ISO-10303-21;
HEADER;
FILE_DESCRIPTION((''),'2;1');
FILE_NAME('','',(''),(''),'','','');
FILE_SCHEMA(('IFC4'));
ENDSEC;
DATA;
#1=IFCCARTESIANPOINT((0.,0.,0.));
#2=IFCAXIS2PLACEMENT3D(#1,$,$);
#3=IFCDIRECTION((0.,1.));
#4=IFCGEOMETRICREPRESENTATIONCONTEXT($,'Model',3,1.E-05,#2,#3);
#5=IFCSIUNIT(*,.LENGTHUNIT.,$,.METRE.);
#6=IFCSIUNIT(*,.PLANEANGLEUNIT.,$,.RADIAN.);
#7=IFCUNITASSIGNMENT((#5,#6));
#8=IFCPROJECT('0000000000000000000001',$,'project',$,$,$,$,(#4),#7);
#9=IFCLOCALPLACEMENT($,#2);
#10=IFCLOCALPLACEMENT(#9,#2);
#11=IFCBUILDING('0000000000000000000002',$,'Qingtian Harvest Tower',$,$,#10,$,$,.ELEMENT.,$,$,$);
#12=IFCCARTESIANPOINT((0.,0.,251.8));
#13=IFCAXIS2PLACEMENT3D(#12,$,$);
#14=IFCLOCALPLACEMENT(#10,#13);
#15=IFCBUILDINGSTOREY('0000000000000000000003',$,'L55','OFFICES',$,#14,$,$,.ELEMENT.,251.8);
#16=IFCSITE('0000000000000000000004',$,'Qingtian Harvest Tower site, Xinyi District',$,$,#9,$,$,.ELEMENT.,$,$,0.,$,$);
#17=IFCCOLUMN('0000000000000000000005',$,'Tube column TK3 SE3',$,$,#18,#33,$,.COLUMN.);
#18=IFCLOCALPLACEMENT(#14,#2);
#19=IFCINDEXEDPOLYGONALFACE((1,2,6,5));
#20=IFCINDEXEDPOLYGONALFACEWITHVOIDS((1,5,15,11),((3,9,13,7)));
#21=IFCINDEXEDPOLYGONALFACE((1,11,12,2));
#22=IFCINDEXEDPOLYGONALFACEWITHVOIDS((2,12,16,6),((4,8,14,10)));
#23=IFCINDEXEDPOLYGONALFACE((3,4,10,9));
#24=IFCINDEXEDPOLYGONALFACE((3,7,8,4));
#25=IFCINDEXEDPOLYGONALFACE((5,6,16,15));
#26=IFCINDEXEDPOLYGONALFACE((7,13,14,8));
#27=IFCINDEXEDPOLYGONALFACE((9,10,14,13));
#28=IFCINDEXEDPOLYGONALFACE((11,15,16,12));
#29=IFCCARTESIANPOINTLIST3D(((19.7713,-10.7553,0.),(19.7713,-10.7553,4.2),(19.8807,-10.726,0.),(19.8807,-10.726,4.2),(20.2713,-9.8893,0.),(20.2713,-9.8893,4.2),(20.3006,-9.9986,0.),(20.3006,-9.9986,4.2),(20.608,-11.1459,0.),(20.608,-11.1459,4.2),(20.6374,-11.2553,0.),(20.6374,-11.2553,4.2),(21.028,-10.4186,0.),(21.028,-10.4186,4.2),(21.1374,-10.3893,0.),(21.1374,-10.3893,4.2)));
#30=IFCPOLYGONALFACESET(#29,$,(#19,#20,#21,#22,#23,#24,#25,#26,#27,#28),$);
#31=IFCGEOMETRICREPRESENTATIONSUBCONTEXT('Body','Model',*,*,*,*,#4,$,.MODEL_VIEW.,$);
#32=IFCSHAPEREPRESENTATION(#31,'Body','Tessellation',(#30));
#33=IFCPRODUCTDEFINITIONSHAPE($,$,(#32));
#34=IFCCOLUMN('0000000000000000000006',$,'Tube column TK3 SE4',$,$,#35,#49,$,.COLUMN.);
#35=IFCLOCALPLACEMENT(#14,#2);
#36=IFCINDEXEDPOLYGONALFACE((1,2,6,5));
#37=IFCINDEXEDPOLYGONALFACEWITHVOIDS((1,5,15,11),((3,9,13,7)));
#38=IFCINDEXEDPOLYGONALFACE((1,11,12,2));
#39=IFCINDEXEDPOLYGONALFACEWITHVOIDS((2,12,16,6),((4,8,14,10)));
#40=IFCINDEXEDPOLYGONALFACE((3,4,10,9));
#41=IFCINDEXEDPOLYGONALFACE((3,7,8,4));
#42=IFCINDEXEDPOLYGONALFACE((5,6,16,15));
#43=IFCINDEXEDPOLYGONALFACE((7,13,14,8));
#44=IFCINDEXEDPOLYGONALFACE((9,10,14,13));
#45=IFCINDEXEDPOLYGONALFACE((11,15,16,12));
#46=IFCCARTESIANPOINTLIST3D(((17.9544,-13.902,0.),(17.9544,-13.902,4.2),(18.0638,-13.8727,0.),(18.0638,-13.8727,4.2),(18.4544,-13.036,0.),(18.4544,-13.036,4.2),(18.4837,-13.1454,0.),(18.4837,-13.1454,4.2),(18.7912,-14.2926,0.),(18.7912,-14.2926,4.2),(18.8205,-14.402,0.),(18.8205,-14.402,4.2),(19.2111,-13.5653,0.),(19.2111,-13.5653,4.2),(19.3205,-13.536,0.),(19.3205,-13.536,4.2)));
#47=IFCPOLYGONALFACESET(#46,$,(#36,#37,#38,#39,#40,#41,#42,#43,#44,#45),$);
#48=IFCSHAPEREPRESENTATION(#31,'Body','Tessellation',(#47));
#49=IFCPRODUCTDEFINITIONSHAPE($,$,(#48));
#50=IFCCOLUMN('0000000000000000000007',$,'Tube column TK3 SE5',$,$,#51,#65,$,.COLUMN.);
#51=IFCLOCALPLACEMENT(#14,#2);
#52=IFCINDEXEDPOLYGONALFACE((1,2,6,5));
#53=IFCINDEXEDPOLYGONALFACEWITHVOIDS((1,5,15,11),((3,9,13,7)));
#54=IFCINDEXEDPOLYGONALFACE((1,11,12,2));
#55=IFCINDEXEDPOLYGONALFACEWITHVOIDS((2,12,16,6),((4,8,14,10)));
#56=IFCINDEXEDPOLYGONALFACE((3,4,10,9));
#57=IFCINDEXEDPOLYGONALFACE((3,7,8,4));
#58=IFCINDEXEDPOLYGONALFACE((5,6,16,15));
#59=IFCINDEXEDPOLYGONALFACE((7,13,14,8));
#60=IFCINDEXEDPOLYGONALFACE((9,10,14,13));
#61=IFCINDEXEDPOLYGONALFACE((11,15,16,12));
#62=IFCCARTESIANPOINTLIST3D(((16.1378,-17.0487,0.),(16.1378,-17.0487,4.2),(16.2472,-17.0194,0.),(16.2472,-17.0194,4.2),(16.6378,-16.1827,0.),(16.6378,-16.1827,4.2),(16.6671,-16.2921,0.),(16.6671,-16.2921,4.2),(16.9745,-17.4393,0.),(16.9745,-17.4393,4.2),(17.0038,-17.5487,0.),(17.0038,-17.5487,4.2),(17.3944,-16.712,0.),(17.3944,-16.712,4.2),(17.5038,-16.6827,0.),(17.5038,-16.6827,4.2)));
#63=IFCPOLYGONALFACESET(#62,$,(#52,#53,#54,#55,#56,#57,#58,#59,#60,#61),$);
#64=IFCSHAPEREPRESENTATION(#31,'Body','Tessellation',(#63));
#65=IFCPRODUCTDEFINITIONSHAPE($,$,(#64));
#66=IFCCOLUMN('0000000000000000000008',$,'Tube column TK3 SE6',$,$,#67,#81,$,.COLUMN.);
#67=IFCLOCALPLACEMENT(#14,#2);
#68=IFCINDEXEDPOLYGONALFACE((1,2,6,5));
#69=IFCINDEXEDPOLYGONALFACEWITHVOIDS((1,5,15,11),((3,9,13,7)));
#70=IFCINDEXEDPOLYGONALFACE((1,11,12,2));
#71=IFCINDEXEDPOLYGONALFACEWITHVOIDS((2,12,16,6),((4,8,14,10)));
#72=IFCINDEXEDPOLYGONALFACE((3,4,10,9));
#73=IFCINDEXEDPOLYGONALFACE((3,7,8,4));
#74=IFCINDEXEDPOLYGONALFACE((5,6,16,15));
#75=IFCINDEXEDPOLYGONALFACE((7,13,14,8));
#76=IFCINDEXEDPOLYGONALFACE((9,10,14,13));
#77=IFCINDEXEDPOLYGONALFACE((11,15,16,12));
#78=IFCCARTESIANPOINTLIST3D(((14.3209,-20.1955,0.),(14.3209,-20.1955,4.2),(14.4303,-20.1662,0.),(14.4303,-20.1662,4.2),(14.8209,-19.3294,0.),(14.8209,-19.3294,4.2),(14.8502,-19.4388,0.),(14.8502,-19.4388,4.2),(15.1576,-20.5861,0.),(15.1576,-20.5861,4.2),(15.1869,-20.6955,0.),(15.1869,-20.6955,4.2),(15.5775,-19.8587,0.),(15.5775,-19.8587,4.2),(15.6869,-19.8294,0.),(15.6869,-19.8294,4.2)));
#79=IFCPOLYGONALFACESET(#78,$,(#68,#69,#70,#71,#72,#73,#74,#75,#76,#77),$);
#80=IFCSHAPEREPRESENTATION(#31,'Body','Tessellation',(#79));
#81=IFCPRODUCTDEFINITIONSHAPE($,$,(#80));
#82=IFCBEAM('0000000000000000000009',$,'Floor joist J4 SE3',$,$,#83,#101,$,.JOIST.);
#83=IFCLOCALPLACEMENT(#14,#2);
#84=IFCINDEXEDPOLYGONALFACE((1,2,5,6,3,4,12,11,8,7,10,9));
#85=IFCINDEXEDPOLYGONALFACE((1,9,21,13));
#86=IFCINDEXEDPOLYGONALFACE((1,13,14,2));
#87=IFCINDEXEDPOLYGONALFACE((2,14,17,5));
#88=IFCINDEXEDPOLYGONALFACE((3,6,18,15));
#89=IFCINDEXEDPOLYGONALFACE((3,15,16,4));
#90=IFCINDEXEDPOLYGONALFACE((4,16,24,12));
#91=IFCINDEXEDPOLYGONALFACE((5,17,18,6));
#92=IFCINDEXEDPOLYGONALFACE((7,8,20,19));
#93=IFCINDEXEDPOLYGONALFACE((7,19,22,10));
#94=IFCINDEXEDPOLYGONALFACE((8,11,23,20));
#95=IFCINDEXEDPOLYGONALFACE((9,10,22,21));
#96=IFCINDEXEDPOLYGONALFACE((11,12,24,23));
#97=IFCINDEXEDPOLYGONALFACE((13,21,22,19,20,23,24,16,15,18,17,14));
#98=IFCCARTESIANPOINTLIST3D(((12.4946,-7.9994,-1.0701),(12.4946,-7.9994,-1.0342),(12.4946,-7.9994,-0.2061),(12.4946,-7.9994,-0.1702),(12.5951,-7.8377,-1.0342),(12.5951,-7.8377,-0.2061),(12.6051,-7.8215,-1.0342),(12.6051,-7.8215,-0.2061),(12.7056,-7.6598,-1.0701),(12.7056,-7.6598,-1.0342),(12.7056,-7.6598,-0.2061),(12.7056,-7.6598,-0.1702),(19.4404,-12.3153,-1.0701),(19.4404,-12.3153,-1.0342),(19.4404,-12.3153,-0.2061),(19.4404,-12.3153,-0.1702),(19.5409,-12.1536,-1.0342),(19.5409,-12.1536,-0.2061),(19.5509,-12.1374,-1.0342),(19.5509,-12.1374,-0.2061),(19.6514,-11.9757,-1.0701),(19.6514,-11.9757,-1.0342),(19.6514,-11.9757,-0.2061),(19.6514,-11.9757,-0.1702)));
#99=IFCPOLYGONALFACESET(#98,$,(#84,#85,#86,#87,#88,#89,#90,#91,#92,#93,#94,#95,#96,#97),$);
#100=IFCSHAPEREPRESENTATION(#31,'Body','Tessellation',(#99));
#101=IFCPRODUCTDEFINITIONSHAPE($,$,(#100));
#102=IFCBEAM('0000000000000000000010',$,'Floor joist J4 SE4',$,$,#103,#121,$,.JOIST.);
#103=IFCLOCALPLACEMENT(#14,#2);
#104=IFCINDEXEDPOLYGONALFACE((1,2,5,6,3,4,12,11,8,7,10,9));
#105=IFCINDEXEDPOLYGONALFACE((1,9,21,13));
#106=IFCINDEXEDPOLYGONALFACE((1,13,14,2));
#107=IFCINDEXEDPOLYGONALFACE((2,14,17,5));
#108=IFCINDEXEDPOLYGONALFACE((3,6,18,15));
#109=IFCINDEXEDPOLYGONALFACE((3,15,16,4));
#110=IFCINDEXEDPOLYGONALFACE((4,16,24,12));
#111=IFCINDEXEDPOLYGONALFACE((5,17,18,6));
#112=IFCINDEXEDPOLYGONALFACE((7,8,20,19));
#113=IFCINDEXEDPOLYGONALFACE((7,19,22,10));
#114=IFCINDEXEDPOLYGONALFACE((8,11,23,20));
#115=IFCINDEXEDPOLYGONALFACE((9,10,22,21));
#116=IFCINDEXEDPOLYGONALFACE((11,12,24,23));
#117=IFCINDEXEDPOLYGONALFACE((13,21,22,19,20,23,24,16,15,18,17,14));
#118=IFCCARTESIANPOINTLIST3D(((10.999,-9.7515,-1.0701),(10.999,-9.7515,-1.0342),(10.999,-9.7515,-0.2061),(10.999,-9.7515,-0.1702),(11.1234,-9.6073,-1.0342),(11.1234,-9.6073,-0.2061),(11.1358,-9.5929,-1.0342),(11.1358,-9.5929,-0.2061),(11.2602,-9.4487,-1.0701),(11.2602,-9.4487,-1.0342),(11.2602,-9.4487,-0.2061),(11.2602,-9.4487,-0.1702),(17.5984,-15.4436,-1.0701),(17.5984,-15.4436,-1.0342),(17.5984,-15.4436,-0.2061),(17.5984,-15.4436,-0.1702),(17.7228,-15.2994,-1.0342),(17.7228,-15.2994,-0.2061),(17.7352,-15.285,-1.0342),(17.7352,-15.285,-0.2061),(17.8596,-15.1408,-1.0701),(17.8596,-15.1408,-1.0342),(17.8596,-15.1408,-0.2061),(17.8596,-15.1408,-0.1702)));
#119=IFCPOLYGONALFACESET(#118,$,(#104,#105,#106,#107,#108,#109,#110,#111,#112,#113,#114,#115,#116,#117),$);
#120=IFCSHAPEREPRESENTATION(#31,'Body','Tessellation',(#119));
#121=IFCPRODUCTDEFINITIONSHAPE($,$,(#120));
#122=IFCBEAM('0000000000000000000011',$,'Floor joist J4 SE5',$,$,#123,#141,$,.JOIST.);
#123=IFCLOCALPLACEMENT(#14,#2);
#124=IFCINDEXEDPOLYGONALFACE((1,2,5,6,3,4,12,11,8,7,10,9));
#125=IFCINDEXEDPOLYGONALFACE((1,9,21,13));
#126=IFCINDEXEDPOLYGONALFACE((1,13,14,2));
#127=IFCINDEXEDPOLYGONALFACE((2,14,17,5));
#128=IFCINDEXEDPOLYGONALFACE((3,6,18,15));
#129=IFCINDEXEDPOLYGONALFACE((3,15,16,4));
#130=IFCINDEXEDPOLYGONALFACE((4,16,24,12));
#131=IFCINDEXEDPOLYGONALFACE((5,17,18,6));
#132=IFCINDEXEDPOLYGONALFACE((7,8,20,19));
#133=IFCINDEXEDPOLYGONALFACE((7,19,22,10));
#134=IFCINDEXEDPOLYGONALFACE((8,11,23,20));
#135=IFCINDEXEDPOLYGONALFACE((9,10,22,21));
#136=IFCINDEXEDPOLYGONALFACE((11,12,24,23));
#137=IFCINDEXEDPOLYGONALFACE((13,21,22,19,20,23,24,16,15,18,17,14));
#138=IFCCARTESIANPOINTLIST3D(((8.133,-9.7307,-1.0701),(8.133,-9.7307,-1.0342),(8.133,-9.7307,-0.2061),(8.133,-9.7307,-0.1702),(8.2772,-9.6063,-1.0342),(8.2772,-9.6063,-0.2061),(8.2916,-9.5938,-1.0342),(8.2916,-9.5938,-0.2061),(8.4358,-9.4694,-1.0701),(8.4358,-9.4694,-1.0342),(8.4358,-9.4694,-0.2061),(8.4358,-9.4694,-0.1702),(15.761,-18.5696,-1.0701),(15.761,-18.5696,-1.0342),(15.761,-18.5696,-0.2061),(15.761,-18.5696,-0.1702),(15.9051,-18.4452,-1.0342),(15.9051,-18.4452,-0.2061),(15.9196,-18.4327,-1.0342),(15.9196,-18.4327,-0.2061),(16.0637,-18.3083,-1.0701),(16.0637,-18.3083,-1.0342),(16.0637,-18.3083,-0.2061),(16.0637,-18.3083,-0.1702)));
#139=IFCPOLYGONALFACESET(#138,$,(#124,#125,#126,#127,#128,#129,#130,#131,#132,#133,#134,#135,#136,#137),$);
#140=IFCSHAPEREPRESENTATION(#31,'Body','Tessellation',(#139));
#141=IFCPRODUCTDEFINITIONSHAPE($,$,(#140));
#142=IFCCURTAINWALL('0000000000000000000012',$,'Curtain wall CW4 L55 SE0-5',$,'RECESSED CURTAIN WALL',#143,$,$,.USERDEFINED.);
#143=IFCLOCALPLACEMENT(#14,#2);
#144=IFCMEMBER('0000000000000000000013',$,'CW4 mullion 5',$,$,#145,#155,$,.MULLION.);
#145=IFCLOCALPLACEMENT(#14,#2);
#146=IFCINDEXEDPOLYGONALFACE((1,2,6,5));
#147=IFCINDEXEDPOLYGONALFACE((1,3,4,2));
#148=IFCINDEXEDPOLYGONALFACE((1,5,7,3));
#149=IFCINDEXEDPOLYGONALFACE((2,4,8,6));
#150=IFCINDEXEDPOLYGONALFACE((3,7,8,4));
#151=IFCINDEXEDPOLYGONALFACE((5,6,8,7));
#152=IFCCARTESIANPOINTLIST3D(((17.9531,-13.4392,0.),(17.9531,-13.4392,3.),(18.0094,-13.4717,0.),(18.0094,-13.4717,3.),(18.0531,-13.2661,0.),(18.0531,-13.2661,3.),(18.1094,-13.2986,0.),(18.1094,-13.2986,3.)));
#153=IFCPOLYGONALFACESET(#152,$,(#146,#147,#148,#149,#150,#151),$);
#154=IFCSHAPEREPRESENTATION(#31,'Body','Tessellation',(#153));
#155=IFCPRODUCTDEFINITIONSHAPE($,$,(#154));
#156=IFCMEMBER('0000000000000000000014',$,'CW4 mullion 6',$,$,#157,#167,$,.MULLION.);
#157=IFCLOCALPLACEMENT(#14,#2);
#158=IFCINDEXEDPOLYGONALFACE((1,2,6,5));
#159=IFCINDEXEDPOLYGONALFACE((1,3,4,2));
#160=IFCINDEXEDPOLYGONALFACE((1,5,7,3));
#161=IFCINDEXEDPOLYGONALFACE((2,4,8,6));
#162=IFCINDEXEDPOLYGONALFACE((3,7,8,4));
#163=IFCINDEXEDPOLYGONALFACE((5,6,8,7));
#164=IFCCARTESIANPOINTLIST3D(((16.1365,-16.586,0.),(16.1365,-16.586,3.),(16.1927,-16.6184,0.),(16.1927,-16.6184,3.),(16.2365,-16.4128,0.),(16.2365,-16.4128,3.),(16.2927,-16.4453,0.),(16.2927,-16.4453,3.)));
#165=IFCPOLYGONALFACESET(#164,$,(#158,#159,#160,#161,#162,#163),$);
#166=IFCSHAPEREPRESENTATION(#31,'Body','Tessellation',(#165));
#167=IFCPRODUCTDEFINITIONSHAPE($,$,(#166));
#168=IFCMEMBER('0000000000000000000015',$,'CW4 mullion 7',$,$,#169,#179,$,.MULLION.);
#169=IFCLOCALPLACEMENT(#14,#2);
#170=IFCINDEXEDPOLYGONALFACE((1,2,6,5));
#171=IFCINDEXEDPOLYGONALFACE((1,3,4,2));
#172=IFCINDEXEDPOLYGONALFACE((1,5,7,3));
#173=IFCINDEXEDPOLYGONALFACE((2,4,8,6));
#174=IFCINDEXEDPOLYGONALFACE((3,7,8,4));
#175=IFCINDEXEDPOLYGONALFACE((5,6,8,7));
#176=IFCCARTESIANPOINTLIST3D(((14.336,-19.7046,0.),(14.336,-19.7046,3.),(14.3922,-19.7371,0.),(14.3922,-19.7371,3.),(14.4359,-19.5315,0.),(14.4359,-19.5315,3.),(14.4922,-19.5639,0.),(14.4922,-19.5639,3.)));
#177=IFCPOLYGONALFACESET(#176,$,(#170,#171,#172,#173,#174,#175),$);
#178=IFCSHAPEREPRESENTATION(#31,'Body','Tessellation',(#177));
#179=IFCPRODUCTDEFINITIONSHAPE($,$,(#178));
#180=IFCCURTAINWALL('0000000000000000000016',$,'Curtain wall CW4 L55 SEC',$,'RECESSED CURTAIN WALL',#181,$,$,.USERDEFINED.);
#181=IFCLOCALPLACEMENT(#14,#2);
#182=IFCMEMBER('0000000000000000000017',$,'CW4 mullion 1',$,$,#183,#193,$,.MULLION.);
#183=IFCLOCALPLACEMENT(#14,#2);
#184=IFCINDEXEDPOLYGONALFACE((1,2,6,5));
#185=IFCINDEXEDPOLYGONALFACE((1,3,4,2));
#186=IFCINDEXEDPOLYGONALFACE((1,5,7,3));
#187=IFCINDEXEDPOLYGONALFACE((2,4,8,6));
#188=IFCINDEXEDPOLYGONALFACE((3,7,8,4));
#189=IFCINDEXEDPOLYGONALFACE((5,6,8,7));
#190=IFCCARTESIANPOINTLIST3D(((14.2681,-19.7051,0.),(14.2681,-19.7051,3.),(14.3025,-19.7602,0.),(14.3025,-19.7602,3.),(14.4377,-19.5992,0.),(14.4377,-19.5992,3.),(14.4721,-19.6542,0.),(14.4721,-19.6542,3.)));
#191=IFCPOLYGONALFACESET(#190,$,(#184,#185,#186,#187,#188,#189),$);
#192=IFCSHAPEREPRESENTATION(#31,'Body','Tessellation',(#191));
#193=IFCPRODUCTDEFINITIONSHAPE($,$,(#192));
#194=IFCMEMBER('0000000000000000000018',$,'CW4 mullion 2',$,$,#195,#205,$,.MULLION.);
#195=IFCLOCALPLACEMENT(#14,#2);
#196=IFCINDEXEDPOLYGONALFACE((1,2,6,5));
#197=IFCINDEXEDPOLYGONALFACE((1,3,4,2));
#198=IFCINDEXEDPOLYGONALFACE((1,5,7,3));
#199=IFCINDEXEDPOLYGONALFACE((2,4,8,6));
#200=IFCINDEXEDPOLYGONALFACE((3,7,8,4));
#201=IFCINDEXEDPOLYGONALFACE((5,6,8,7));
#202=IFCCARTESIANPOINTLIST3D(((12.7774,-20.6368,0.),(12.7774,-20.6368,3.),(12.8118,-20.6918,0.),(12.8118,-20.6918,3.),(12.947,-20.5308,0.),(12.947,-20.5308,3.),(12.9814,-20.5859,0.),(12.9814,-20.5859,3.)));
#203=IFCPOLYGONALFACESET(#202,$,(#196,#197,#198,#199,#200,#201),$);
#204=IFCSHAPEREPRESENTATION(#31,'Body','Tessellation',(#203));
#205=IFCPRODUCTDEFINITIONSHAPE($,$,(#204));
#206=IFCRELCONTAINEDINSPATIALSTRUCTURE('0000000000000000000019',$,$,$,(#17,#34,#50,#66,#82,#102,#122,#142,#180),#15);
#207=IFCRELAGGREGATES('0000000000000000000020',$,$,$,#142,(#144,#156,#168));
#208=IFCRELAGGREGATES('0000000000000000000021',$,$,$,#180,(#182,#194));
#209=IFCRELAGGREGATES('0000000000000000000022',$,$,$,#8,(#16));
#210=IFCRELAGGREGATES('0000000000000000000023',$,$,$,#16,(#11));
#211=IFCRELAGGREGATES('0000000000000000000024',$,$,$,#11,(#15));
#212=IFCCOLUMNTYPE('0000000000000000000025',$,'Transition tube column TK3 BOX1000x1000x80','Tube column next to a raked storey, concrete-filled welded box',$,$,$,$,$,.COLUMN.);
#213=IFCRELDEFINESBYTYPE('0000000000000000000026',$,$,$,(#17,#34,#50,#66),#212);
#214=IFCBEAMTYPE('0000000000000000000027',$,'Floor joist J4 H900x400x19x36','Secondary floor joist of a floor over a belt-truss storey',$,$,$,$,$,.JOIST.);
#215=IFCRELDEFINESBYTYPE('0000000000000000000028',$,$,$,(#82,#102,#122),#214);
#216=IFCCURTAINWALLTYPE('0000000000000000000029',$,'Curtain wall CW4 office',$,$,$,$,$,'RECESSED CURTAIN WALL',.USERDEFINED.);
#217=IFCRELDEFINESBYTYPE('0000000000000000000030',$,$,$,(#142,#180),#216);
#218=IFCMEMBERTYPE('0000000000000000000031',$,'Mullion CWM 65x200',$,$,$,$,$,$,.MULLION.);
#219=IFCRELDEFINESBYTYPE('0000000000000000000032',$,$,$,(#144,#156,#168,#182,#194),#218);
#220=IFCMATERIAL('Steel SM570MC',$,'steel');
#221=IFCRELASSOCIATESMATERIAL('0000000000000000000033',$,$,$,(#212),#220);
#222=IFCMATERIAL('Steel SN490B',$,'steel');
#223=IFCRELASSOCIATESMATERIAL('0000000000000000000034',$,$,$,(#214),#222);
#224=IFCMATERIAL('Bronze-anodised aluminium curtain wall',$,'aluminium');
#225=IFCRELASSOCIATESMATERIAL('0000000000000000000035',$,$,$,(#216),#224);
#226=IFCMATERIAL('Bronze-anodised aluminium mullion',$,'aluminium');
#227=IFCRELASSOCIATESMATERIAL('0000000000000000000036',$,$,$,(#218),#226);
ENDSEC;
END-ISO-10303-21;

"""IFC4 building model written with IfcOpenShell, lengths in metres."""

from ifc_helpers import new_model, si_unit, direction, frame, origin, origin_2d, place, context, subcontext, project, spatial, rectangle, hollow_rectangle, i_section, extrude, material, material_profile, profile_set, type_object, element, aggregate, save


model = new_model("IFC4")

# Units and contexts
model_context = context("Model", 3, precision=1e-05, world=origin(), true_north=direction((0.0, 1.0)))
body_context = subcontext(model_context, "Body", "Model", "MODEL_VIEW")
ifc_project = project(units=[si_unit("LENGTHUNIT", "METRE"), si_unit("PLANEANGLEUNIT", "RADIAN")], contexts=[model_context])

# Site, building, storey
site_placement = place(None, origin())
site = spatial("IfcSite", under=ifc_project, at=site_placement, Name="Qingtian Harvest Tower site, Xinyi District", CompositionType="ELEMENT", RefElevation=0.0)
building_placement = place(site_placement, origin())
building = spatial("IfcBuilding", under=site, at=building_placement, Name="Qingtian Harvest Tower", CompositionType="ELEMENT")
storey_placement = place(building_placement, frame((0.0, 0.0, 251.8)))
storey = spatial("IfcBuildingStorey", under=building, at=storey_placement, Name="L55", Description="OFFICES", CompositionType="ELEMENT", Elevation=251.8)

# Columns
ifc_material_1 = material(Name="Steel SM570MC", Category="steel")
ifc_material_profile_1 = material_profile(ifc_material_1, hollow_rectangle(XDim=1.0, YDim=1.0, WallThickness=0.0801, at=origin_2d()), Name="BOX1000x1000x80")
ifc_profile_set_1 = profile_set([ifc_material_profile_1], Name="Steel SM570MC")
column_type = type_object("IfcColumnType", Name="Transition tube column TK3 BOX1000x1000x80", Description="Tube column next to a raked storey, concrete-filled welded box", PredefinedType="COLUMN", material=ifc_profile_set_1)
for number, where, z_axis, x_axis, name in (
    (1, (20.4543, -10.5723, 0.0), (0.0, 0.0, 1.0), (0.5, 0.866025, 0.0), "Tube column TK3 SE3"),
    (2, (18.6375, -13.719, 0.0), (0.0, 0.0, 1.0), (0.5, 0.866025, 0.0), "Tube column TK3 SE4"),
    (3, (16.8208, -16.8657, 0.0), (0.0, 0.0, 1.0), (0.5, 0.866025, 0.0), "Tube column TK3 SE5"),
    (4, (15.0039, -20.0125, 0.0), (0.0, 0.0, 1.0), (0.5, 0.866025, 0.0), "Tube column TK3 SE6"),
):
    element("IfcColumn", number, at=place(storey_placement, frame(where, z_axis=z_axis, x_axis=x_axis)), inside=storey, type_object=column_type, Name=name, PredefinedType="COLUMN", context=body_context, shape_type="SweptSolid", body=[
        extrude(hollow_rectangle(XDim=1.0, YDim=1.0, WallThickness=0.0801, at=origin_2d()), origin(), (0.0, 0.0, 1.0), 4.2),
    ])

# Beams
ifc_material_2 = material(Name="Steel SN490B", Category="steel")
ifc_material_profile_2 = material_profile(ifc_material_2, i_section(OverallWidth=0.3999, OverallDepth=0.8999, WebThickness=0.019, FlangeThickness=0.0359, at=origin_2d()), Name="H900x400x19x36")
ifc_profile_set_2 = profile_set([ifc_material_profile_2], Name="Steel SN490B")
beam_type_1 = type_object("IfcBeamType", Name="Floor joist J4 H900x400x19x36", Description="Secondary floor joist of a floor over a belt-truss storey", PredefinedType="JOIST", material=ifc_profile_set_2)
beam_1_placement = place(storey_placement, frame((19.5459, -12.1455, -0.6201), z_axis=(-0.849381, 0.52778, 0.0), x_axis=(-0.52778, -0.849381, 0.0)))
element("IfcBeam", 5, at=beam_1_placement, inside=storey, type_object=beam_type_1, Name="Floor joist J4 SE3", PredefinedType="JOIST", context=body_context, shape_type="SweptSolid", body=[
    extrude(i_section(OverallWidth=0.3999, OverallDepth=0.8999, WebThickness=0.019, FlangeThickness=0.0359, at=origin_2d()), origin(), (0.0, 0.0, 1.0), 8.1775),
])
beam_2_placement = place(storey_placement, frame((17.729, -15.2922, -0.6201), z_axis=(-0.757238, 0.653139, 0.0), x_axis=(-0.653139, -0.757238, 0.0)))
element("IfcBeam", 6, at=beam_2_placement, inside=storey, type_object=beam_type_1, Name="Floor joist J4 SE4", PredefinedType="JOIST", context=body_context, shape_type="SweptSolid", body=[
    extrude(i_section(OverallWidth=0.3999, OverallDepth=0.8999, WebThickness=0.019, FlangeThickness=0.0359, at=origin_2d()), origin(), (0.0, 0.0, 1.0), 8.7151),
])
beam_3_placement = place(storey_placement, frame((15.9124, -18.439, -0.6201), z_axis=(-0.653343, 0.757062, 0.0), x_axis=(-0.757062, -0.653343, 0.0)))
element("IfcBeam", 7, at=beam_3_placement, inside=storey, type_object=beam_type_1, Name="Floor joist J4 SE5", PredefinedType="JOIST", context=body_context, shape_type="SweptSolid", body=[
    extrude(i_section(OverallWidth=0.3999, OverallDepth=0.8999, WebThickness=0.019, FlangeThickness=0.0359, at=origin_2d()), origin(), (0.0, 0.0, 1.0), 11.6753),
])

# Curtain walls, members
ifc_material_3 = material(Name="Bronze-anodised aluminium curtain wall", Category="aluminium")
curtain_wall_type = type_object("IfcCurtainWallType", Name="Curtain wall CW4 office", ElementType="RECESSED CURTAIN WALL", PredefinedType="USERDEFINED", material=ifc_material_3)
curtain_wall_1_placement = place(storey_placement, origin())
curtain_wall_1 = element("IfcCurtainWall", 8, at=curtain_wall_1_placement, inside=storey, type_object=curtain_wall_type, Name="Curtain wall CW4 L55 SE0-5", ObjectType="RECESSED CURTAIN WALL", PredefinedType="USERDEFINED")
ifc_material_4 = material(Name="Bronze-anodised aluminium mullion", Category="aluminium")
ifc_material_profile_3 = material_profile(ifc_material_4, rectangle(XDim=0.0649, YDim=0.2, at=origin_2d()), Name="AL 65x200")
ifc_profile_set_3 = profile_set([ifc_material_profile_3], Name="Bronze-anodised aluminium mullion")
member_type_1 = type_object("IfcMemberType", Name="Mullion CWM 65x200", PredefinedType="MULLION", material=ifc_profile_set_3)
member_1_placement = place(storey_placement, frame((18.0312, -13.3689, 0.0), z_axis=(0.0, 0.0, 1.0), x_axis=(0.866025, -0.5, 0.0)))
member_1 = element("IfcMember", 9, at=member_1_placement, type_object=member_type_1, Name="CW4 mullion 5", PredefinedType="MULLION", context=body_context, shape_type="SweptSolid", body=[
    extrude(rectangle(XDim=0.0649, YDim=0.2, at=origin_2d()), origin(), (0.0, 0.0, 1.0), 3.0),
])
member_2_placement = place(storey_placement, frame((16.2146, -16.5156, 0.0), z_axis=(0.0, 0.0, 1.0), x_axis=(0.866025, -0.5, 0.0)))
member_2 = element("IfcMember", 10, at=member_2_placement, type_object=member_type_1, Name="CW4 mullion 6", PredefinedType="MULLION", context=body_context, shape_type="SweptSolid", body=[
    extrude(rectangle(XDim=0.0649, YDim=0.2, at=origin_2d()), origin(), (0.0, 0.0, 1.0), 3.0),
])
member_3_placement = place(storey_placement, frame((14.4141, -19.6343, 0.0), z_axis=(0.0, 0.0, 1.0), x_axis=(0.866025, -0.5, 0.0)))
member_3 = element("IfcMember", 11, at=member_3_placement, type_object=member_type_1, Name="CW4 mullion 7", PredefinedType="MULLION", context=body_context, shape_type="SweptSolid", body=[
    extrude(rectangle(XDim=0.0649, YDim=0.2, at=origin_2d()), origin(), (0.0, 0.0, 1.0), 3.0),
])
curtain_wall_2_placement = place(storey_placement, origin())
curtain_wall_2 = element("IfcCurtainWall", 12, at=curtain_wall_2_placement, inside=storey, type_object=curtain_wall_type, Name="Curtain wall CW4 L55 SEC", ObjectType="RECESSED CURTAIN WALL", PredefinedType="USERDEFINED")
member_4_placement = place(storey_placement, frame((14.3701, -19.6797, 0.0), z_axis=(0.0, 0.0, 1.0), x_axis=(0.529919, -0.848048, 0.0)))
member_4 = element("IfcMember", 13, at=member_4_placement, type_object=member_type_1, Name="CW4 mullion 1", PredefinedType="MULLION", context=body_context, shape_type="SweptSolid", body=[
    extrude(rectangle(XDim=0.0649, YDim=0.2, at=origin_2d()), origin(), (0.0, 0.0, 1.0), 3.0),
])
member_5_placement = place(storey_placement, frame((12.8794, -20.6113, 0.0), z_axis=(0.0, 0.0, 1.0), x_axis=(0.529919, -0.848048, 0.0)))
member_5 = element("IfcMember", 14, at=member_5_placement, type_object=member_type_1, Name="CW4 mullion 2", PredefinedType="MULLION", context=body_context, shape_type="SweptSolid", body=[
    extrude(rectangle(XDim=0.0649, YDim=0.2, at=origin_2d()), origin(), (0.0, 0.0, 1.0), 3.0),
])

aggregate(curtain_wall_1, [member_1, member_2, member_3])
aggregate(curtain_wall_2, [member_4, member_5])

save(model, "model.ifc")
